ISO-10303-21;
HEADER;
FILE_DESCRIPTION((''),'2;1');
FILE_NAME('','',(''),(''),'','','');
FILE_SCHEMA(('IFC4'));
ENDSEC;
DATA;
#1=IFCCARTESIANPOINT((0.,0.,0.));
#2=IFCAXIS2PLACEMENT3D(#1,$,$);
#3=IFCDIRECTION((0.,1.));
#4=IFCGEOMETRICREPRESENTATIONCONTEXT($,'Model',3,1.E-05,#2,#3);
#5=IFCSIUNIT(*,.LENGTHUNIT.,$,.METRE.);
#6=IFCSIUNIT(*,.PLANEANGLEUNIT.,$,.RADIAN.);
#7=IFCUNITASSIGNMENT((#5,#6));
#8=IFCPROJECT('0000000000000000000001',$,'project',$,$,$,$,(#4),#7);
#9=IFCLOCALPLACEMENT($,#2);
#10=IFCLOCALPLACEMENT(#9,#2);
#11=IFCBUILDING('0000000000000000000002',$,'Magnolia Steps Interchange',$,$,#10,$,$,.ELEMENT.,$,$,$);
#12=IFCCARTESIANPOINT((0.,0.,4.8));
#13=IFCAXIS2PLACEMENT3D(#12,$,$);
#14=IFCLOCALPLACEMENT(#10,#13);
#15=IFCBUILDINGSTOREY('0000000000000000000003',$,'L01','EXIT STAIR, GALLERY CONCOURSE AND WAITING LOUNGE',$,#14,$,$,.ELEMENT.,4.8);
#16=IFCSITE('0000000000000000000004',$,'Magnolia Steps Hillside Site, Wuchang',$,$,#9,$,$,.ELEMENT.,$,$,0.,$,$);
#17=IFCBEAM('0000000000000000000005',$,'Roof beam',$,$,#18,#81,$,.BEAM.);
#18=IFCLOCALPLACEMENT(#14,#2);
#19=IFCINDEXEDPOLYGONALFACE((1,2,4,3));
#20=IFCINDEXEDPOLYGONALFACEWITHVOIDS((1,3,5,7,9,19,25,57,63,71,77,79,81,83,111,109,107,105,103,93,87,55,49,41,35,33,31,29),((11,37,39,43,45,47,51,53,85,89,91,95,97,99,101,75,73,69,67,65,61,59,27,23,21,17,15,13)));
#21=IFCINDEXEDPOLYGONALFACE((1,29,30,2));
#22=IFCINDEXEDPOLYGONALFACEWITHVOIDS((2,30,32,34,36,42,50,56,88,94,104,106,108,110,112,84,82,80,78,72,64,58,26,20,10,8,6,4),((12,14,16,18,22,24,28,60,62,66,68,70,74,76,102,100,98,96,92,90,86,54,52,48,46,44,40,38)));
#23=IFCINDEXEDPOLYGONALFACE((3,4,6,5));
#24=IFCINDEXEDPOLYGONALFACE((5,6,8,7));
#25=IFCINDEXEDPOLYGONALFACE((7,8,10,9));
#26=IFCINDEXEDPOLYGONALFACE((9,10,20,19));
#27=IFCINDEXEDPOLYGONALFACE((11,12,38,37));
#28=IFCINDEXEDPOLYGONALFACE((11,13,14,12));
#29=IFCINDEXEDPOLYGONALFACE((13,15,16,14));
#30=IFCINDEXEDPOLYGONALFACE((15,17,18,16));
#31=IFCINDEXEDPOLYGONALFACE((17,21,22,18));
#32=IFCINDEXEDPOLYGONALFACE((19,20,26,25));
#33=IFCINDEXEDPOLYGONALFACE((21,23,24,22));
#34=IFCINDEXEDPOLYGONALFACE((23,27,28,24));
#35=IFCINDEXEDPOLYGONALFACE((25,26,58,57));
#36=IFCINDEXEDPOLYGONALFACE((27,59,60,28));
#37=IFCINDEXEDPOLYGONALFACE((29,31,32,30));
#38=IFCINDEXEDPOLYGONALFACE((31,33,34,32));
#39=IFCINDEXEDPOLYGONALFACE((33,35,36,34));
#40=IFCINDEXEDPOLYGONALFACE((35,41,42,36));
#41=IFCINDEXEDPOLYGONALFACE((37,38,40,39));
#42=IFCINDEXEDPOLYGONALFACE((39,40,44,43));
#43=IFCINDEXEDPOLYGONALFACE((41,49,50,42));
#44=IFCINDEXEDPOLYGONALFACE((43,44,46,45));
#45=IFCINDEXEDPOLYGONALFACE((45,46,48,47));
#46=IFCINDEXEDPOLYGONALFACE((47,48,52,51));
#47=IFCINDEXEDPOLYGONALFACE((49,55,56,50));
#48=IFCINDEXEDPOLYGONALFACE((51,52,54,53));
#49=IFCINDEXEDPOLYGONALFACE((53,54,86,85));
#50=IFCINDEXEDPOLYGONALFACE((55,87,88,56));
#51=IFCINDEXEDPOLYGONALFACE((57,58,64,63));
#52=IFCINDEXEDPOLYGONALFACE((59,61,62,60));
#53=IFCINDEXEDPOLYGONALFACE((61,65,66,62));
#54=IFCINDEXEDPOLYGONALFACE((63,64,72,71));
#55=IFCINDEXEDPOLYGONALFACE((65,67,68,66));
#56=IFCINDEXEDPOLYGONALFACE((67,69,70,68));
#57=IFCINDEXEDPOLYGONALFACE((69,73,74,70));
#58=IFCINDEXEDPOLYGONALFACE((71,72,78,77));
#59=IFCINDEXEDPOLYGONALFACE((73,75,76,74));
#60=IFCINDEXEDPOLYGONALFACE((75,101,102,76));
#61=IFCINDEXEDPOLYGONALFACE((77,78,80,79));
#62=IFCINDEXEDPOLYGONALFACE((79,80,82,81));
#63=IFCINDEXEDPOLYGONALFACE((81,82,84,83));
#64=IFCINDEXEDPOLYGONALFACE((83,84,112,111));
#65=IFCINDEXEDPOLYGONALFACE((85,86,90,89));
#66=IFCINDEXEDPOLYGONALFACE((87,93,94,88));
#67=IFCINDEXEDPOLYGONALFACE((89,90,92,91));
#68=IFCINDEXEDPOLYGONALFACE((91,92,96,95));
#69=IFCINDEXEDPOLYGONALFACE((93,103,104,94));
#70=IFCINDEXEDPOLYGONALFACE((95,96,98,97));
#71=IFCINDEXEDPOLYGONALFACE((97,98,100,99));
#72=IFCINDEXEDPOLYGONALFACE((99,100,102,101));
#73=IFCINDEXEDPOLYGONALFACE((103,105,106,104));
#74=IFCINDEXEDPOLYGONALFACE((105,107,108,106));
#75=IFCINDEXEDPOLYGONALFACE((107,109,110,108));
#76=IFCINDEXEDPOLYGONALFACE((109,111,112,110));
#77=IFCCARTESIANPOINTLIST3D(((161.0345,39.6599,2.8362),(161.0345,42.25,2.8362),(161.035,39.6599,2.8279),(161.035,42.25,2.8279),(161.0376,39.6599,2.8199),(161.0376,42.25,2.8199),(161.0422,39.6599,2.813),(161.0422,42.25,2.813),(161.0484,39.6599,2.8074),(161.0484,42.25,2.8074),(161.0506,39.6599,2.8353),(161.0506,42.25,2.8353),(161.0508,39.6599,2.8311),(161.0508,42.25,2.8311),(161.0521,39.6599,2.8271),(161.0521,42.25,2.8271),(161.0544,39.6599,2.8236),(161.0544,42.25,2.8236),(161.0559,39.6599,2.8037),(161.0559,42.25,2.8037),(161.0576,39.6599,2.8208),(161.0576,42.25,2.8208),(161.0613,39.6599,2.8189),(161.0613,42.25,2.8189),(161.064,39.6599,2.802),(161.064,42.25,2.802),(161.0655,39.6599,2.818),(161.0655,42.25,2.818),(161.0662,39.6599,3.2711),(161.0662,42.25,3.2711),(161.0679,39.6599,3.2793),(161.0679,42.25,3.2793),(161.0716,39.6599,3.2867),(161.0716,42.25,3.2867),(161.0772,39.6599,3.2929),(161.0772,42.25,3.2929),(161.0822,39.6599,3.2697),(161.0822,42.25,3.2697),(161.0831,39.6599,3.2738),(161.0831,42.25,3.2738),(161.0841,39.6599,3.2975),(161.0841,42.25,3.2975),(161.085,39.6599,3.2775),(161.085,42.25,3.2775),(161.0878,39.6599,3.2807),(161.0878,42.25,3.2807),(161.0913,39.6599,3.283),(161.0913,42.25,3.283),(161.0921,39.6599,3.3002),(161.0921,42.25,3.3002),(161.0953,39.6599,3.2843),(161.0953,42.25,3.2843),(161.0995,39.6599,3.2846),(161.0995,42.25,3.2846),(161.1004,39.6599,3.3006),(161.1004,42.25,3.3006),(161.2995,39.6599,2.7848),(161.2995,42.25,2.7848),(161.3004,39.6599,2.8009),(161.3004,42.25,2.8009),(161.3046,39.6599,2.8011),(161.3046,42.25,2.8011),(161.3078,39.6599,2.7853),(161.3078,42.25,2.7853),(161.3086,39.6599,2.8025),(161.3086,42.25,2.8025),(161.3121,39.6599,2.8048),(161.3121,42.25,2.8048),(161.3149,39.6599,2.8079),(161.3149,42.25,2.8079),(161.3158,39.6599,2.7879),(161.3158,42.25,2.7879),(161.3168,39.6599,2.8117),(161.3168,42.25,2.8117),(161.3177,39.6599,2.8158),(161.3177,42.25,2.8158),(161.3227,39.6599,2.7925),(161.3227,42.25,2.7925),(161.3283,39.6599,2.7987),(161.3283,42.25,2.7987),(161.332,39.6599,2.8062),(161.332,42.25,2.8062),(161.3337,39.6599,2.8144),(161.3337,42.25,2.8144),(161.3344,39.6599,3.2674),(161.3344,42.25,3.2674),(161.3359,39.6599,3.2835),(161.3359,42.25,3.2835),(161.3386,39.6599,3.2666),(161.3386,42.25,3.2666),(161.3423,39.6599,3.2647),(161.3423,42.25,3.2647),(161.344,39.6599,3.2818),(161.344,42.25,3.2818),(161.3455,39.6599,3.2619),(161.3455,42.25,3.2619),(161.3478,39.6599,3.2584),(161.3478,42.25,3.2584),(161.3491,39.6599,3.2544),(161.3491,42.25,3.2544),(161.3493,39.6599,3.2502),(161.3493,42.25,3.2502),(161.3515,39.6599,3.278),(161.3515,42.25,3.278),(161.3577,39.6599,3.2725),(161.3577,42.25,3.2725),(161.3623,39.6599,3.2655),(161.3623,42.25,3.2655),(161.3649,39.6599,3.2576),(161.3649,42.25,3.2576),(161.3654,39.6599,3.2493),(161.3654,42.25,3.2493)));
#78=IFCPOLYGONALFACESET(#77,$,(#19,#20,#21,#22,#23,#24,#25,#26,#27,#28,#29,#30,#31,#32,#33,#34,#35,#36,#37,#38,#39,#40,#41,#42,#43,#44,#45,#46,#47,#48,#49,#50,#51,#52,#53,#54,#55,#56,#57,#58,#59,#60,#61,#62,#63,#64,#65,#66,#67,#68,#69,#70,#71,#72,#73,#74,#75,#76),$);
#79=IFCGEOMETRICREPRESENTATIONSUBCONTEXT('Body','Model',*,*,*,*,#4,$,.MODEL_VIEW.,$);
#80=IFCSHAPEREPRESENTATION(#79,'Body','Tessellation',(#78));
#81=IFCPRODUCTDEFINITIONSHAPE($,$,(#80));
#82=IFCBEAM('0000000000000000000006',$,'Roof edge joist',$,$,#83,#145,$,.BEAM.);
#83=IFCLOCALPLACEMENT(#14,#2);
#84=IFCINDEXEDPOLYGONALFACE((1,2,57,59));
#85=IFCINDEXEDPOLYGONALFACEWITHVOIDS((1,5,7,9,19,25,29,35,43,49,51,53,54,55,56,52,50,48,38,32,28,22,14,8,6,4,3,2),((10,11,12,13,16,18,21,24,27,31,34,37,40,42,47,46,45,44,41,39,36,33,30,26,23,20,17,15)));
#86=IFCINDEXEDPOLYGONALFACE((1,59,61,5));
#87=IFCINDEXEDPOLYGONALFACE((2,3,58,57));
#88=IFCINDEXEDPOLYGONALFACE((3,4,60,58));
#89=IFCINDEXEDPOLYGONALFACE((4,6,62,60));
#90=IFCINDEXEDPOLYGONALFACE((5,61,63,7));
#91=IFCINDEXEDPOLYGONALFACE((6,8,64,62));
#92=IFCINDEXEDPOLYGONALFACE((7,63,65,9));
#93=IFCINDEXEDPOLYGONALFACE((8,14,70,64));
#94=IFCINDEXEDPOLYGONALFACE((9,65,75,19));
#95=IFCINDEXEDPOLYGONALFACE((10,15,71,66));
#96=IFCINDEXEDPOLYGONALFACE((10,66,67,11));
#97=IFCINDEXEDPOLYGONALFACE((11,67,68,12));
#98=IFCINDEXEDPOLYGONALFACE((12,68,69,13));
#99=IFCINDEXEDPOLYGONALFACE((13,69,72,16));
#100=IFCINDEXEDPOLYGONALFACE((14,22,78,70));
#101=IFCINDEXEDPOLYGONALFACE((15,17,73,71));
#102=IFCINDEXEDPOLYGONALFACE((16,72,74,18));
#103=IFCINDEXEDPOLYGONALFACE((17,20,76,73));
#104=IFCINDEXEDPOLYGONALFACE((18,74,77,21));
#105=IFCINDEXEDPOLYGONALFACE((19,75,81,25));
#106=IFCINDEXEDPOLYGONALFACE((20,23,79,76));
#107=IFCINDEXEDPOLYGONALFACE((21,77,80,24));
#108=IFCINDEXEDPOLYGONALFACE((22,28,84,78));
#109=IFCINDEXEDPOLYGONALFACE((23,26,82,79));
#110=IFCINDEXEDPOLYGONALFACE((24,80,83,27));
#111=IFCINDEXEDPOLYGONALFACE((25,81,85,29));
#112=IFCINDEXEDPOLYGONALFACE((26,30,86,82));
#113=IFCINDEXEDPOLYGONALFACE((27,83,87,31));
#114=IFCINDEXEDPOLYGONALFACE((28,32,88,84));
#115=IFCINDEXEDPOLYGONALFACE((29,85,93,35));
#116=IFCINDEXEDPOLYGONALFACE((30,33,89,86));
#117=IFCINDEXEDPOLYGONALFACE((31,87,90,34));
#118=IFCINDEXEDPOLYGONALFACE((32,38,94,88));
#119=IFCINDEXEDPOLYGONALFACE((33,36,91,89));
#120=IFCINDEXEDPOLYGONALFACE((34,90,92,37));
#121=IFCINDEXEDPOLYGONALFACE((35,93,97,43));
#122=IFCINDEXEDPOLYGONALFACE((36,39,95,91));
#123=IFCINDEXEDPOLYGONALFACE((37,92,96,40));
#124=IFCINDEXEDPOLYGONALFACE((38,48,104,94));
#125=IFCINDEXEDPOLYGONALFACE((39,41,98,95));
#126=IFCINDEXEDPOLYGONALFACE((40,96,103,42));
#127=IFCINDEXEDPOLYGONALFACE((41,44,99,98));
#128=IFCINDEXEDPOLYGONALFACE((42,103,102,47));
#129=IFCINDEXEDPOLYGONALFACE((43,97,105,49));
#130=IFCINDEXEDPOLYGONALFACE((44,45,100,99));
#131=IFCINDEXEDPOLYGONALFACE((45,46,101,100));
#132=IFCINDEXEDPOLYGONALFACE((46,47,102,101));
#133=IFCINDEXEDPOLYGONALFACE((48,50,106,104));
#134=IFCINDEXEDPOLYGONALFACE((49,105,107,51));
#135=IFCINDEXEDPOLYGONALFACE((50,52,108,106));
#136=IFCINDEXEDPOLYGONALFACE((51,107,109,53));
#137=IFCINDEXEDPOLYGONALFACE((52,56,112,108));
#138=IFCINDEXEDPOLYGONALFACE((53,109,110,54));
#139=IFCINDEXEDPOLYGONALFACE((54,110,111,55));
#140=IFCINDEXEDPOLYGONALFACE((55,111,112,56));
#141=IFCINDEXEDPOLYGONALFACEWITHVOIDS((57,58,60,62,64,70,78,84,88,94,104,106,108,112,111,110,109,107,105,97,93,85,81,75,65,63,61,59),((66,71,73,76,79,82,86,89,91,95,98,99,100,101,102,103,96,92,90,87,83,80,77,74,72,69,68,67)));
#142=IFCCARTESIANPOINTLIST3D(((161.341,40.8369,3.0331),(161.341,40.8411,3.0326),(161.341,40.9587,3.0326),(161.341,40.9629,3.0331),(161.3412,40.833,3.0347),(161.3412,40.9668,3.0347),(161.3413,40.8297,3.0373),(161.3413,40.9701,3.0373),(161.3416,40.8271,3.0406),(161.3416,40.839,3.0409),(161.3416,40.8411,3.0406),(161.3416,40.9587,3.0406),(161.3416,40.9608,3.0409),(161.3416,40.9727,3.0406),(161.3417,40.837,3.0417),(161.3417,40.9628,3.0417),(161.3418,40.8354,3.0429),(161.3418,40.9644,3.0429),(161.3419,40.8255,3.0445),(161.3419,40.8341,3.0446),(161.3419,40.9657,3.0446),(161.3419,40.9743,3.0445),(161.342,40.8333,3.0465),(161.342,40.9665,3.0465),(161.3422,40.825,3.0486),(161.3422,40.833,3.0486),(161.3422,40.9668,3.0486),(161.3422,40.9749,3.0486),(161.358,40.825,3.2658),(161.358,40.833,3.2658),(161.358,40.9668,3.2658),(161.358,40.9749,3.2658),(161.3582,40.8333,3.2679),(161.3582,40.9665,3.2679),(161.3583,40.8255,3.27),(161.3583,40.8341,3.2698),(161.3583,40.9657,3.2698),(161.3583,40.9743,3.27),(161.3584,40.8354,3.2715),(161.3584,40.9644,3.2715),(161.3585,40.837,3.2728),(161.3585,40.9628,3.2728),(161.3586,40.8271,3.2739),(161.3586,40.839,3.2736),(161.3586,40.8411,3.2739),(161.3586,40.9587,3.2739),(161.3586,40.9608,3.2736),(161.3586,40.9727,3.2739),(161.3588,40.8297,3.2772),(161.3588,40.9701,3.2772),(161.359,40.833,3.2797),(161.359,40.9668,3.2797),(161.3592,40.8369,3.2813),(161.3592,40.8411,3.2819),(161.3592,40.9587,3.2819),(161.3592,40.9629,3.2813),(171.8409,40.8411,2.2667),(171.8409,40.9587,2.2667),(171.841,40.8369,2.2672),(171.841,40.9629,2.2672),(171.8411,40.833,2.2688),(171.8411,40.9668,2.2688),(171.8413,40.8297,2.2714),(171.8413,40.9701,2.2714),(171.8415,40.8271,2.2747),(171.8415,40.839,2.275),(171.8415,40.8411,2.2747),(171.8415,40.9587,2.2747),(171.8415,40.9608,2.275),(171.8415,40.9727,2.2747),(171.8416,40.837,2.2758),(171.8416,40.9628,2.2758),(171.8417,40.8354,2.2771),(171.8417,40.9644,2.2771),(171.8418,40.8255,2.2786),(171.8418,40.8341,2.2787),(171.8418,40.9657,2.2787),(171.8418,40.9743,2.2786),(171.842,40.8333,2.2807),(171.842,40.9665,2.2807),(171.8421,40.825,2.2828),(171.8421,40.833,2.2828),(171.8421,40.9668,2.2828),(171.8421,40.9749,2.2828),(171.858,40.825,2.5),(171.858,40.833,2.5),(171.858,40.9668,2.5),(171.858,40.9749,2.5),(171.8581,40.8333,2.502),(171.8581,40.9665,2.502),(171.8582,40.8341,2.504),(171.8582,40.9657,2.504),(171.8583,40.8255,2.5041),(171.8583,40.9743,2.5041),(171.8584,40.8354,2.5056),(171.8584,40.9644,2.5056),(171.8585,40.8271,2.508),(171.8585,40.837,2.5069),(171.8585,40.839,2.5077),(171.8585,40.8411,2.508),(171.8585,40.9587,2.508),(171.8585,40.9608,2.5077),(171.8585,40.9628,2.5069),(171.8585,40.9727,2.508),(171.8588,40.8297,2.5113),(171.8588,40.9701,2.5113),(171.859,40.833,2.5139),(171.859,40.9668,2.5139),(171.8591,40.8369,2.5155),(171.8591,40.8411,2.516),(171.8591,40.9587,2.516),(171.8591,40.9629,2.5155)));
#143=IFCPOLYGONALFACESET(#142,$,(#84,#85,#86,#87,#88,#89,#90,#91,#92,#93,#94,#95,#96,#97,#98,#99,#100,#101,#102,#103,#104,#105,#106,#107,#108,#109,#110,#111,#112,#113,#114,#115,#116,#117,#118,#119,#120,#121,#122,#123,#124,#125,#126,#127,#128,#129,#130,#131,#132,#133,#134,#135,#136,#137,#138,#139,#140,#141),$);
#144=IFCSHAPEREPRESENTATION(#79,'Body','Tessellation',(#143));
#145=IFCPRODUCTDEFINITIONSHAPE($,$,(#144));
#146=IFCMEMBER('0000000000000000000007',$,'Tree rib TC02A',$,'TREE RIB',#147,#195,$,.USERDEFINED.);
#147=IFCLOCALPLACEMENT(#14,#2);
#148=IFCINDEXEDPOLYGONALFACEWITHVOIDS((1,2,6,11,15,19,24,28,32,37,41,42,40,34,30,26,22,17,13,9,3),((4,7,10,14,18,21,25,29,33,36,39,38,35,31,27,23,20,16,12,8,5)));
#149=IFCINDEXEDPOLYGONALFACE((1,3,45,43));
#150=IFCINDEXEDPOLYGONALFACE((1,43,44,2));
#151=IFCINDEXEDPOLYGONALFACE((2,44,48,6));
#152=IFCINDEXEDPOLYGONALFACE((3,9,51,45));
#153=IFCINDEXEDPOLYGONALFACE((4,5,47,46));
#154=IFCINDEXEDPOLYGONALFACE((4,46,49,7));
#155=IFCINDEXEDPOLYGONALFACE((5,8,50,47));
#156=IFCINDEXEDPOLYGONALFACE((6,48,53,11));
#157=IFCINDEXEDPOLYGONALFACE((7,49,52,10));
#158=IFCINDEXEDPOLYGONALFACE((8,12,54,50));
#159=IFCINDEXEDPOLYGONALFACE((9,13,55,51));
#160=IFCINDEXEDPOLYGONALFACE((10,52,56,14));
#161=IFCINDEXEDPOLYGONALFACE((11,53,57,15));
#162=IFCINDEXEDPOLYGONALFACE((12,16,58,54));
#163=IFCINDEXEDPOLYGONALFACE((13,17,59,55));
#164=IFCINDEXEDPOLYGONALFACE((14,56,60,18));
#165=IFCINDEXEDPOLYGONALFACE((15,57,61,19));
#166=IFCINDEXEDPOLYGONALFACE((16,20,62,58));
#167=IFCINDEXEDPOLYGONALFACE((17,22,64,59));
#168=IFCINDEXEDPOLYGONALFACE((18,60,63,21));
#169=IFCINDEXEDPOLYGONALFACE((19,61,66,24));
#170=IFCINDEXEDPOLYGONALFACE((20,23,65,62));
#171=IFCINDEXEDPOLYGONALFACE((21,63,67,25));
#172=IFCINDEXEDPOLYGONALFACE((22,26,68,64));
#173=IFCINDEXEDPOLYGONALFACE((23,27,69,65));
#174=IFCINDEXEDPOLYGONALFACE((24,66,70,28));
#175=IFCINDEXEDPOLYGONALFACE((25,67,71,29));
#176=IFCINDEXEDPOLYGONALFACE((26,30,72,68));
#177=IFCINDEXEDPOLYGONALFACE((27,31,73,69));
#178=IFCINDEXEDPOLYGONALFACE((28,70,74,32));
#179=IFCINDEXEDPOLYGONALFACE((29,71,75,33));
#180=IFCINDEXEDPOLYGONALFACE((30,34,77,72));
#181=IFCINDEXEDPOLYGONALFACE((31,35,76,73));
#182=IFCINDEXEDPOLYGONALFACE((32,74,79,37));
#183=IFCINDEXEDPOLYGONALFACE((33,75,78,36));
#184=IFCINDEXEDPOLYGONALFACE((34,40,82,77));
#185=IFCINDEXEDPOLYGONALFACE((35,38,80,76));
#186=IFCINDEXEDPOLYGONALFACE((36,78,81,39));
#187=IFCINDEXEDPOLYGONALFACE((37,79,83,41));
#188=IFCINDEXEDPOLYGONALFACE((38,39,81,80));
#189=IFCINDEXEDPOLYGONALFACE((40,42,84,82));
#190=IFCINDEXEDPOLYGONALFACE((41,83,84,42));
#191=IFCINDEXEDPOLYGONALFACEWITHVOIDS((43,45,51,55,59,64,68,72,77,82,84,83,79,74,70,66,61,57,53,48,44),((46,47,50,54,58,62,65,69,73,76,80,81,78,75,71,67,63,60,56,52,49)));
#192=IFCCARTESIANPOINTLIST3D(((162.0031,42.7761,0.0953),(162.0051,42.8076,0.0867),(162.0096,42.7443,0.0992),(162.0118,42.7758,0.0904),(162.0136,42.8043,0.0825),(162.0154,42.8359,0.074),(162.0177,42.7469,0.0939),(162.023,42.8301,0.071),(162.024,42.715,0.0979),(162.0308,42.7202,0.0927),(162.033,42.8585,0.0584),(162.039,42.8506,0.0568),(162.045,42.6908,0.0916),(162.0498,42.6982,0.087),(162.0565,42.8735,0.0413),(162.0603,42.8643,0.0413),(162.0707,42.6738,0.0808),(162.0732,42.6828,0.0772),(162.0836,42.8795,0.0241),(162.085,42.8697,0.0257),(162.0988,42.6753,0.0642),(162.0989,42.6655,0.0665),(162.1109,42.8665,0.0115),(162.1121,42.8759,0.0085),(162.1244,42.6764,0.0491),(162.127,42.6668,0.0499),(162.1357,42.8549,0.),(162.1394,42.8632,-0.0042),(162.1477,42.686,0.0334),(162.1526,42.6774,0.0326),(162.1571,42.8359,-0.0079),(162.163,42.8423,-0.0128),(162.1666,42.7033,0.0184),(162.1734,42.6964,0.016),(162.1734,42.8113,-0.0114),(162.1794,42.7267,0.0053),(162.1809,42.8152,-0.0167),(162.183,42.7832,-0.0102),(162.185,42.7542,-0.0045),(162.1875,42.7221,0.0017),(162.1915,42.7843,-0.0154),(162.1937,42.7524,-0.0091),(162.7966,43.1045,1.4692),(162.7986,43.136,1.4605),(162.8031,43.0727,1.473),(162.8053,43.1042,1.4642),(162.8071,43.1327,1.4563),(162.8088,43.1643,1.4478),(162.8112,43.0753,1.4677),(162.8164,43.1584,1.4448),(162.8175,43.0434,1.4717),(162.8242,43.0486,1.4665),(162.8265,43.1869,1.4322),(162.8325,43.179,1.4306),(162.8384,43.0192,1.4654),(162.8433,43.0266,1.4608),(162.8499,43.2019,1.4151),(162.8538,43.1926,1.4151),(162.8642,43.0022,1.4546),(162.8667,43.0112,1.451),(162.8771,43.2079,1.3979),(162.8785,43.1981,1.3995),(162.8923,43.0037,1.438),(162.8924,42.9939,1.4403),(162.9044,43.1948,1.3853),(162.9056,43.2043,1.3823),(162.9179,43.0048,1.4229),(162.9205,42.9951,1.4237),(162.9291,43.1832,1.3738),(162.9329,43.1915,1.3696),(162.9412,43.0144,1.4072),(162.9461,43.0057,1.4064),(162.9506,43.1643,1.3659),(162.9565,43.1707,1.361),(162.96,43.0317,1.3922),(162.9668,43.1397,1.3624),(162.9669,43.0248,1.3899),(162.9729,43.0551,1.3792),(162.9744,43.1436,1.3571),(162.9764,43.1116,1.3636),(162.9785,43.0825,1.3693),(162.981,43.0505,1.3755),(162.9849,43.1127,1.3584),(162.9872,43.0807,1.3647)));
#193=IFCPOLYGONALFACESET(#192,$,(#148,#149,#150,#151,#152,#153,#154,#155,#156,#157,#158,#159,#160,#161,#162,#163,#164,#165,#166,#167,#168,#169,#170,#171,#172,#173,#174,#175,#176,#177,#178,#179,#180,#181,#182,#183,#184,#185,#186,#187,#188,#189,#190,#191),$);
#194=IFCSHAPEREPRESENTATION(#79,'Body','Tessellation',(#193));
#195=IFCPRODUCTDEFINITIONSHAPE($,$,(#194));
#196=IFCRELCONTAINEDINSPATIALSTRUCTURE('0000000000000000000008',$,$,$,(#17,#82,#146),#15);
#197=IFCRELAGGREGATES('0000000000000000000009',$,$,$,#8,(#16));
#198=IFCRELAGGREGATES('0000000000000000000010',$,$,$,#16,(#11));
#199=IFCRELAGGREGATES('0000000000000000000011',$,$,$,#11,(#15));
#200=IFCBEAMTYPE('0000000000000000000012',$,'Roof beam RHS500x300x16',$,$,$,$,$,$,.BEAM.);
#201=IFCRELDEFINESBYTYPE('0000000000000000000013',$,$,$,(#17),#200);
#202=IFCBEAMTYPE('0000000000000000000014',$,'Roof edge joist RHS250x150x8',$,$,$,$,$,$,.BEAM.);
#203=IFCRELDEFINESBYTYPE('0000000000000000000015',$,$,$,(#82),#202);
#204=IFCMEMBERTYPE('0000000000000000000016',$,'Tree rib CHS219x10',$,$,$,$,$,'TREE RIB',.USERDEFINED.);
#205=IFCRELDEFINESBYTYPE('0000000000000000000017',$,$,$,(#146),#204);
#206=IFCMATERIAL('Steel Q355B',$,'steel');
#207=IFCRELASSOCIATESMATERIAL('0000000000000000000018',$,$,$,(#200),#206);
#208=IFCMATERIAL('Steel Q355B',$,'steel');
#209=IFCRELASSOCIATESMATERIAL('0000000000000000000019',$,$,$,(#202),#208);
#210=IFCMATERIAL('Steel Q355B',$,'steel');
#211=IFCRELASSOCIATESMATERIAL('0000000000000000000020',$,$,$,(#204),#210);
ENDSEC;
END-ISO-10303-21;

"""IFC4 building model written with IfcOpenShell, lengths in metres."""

from ifc_helpers import new_model, si_unit, direction, frame, origin, origin_2d, place, context, subcontext, project, spatial, hollow_rectangle, hollow_circle, extrude, material, material_profile, profile_set, type_object, element, save


model = new_model("IFC4")

# Units and contexts
model_context = context("Model", 3, precision=1e-05, world=origin(), true_north=direction((0.0, 1.0)))
body_context = subcontext(model_context, "Body", "Model", "MODEL_VIEW")
ifc_project = project(units=[si_unit("LENGTHUNIT", "METRE"), si_unit("PLANEANGLEUNIT", "RADIAN")], contexts=[model_context])

# Site, building, storey
site_placement = place(None, origin())
site = spatial("IfcSite", under=ifc_project, at=site_placement, Name="Magnolia Steps Hillside Site, Wuchang", CompositionType="ELEMENT", RefElevation=0.0)
building_placement = place(site_placement, origin())
building = spatial("IfcBuilding", under=site, at=building_placement, Name="Magnolia Steps Interchange", CompositionType="ELEMENT")
storey_placement = place(building_placement, frame((0.0, 0.0, 4.8)))
storey = spatial("IfcBuildingStorey", under=building, at=storey_placement, Name="L01", Description="EXIT STAIR, GALLERY CONCOURSE AND WAITING LOUNGE", CompositionType="ELEMENT", Elevation=4.8)

# Beams
ifc_material_1 = material(Name="Steel Q355B", Category="steel")
ifc_material_profile_1 = material_profile(ifc_material_1, hollow_rectangle(XDim=0.3, YDim=0.5, WallThickness=0.0161, InnerFilletRadius=0.0161, OuterFilletRadius=0.032, at=origin_2d()), Name="RHS500x300x16")
ifc_profile_set_1 = profile_set([ifc_material_profile_1], Name="Steel Q355B")
beam_type_1 = type_object("IfcBeamType", Name="Roof beam RHS500x300x16", PredefinedType="BEAM", material=ifc_profile_set_1)
beam_1_placement = place(storey_placement, frame((161.2, 42.25, 3.0427), z_axis=(0.0, -1.0, 0.0), x_axis=(0.997352, 0.0, -0.072724)))
element("IfcBeam", 1, at=beam_1_placement, inside=storey, type_object=beam_type_1, Name="Roof beam", PredefinedType="BEAM", context=body_context, shape_type="SweptSolid", body=[
    extrude(hollow_rectangle(XDim=0.3, YDim=0.5, WallThickness=0.0161, InnerFilletRadius=0.0161, OuterFilletRadius=0.032, at=origin_2d()), origin(), (0.0, 0.0, 1.0), 2.5901),
])
ifc_material_2 = material(Name="Steel Q355B", Category="steel")
ifc_material_profile_2 = material_profile(ifc_material_2, hollow_rectangle(XDim=0.1499, YDim=0.25, WallThickness=0.0081, InnerFilletRadius=0.0081, OuterFilletRadius=0.0161, at=origin_2d()), Name="RHS250x150x8")
ifc_profile_set_2 = profile_set([ifc_material_profile_2], Name="Steel Q355B")
beam_type_2 = type_object("IfcBeamType", Name="Roof edge joist RHS250x150x8", PredefinedType="BEAM", material=ifc_profile_set_2)
beam_2_placement = place(storey_placement, frame((161.3501, 40.8999, 3.1572), z_axis=(0.99735, 0.0, -0.072747), x_axis=(0.0, 1.0, 0.0)))
element("IfcBeam", 2, at=beam_2_placement, inside=storey, type_object=beam_type_2, Name="Roof edge joist", PredefinedType="BEAM", context=body_context, shape_type="SweptSolid", body=[
    extrude(hollow_rectangle(XDim=0.1499, YDim=0.25, WallThickness=0.0081, InnerFilletRadius=0.0081, OuterFilletRadius=0.0161, at=origin_2d()), origin(), (0.0, 0.0, 1.0), 10.5278),
])

# Member
ifc_material_3 = material(Name="Steel Q355B", Category="steel")
ifc_material_profile_3 = material_profile(ifc_material_3, hollow_circle(Radius=0.1096, WallThickness=0.01, at=origin_2d()), Name="CHS219x10")
ifc_profile_set_3 = profile_set([ifc_material_profile_3], Name="Steel Q355B")
member_type = type_object("IfcMemberType", Name="Tree rib CHS219x10", ElementType="TREE RIB", PredefinedType="USERDEFINED", material=ifc_profile_set_3)
member_1_placement = place(storey_placement, frame((162.0984, 42.7722, 0.0413), z_axis=(0.489763, 0.202687, 0.847968), x_axis=(-0.382394, 0.924, 0.0)))
element("IfcMember", 3, at=member_1_placement, inside=storey, type_object=member_type, Name="Tree rib TC02A", ObjectType="TREE RIB", PredefinedType="USERDEFINED", context=body_context, shape_type="SweptSolid", body=[
    extrude(hollow_circle(Radius=0.1096, WallThickness=0.01, at=origin_2d()), origin(), (0.0, 0.0, 1.0), 1.6201),
])

save(model, "model.ifc")
